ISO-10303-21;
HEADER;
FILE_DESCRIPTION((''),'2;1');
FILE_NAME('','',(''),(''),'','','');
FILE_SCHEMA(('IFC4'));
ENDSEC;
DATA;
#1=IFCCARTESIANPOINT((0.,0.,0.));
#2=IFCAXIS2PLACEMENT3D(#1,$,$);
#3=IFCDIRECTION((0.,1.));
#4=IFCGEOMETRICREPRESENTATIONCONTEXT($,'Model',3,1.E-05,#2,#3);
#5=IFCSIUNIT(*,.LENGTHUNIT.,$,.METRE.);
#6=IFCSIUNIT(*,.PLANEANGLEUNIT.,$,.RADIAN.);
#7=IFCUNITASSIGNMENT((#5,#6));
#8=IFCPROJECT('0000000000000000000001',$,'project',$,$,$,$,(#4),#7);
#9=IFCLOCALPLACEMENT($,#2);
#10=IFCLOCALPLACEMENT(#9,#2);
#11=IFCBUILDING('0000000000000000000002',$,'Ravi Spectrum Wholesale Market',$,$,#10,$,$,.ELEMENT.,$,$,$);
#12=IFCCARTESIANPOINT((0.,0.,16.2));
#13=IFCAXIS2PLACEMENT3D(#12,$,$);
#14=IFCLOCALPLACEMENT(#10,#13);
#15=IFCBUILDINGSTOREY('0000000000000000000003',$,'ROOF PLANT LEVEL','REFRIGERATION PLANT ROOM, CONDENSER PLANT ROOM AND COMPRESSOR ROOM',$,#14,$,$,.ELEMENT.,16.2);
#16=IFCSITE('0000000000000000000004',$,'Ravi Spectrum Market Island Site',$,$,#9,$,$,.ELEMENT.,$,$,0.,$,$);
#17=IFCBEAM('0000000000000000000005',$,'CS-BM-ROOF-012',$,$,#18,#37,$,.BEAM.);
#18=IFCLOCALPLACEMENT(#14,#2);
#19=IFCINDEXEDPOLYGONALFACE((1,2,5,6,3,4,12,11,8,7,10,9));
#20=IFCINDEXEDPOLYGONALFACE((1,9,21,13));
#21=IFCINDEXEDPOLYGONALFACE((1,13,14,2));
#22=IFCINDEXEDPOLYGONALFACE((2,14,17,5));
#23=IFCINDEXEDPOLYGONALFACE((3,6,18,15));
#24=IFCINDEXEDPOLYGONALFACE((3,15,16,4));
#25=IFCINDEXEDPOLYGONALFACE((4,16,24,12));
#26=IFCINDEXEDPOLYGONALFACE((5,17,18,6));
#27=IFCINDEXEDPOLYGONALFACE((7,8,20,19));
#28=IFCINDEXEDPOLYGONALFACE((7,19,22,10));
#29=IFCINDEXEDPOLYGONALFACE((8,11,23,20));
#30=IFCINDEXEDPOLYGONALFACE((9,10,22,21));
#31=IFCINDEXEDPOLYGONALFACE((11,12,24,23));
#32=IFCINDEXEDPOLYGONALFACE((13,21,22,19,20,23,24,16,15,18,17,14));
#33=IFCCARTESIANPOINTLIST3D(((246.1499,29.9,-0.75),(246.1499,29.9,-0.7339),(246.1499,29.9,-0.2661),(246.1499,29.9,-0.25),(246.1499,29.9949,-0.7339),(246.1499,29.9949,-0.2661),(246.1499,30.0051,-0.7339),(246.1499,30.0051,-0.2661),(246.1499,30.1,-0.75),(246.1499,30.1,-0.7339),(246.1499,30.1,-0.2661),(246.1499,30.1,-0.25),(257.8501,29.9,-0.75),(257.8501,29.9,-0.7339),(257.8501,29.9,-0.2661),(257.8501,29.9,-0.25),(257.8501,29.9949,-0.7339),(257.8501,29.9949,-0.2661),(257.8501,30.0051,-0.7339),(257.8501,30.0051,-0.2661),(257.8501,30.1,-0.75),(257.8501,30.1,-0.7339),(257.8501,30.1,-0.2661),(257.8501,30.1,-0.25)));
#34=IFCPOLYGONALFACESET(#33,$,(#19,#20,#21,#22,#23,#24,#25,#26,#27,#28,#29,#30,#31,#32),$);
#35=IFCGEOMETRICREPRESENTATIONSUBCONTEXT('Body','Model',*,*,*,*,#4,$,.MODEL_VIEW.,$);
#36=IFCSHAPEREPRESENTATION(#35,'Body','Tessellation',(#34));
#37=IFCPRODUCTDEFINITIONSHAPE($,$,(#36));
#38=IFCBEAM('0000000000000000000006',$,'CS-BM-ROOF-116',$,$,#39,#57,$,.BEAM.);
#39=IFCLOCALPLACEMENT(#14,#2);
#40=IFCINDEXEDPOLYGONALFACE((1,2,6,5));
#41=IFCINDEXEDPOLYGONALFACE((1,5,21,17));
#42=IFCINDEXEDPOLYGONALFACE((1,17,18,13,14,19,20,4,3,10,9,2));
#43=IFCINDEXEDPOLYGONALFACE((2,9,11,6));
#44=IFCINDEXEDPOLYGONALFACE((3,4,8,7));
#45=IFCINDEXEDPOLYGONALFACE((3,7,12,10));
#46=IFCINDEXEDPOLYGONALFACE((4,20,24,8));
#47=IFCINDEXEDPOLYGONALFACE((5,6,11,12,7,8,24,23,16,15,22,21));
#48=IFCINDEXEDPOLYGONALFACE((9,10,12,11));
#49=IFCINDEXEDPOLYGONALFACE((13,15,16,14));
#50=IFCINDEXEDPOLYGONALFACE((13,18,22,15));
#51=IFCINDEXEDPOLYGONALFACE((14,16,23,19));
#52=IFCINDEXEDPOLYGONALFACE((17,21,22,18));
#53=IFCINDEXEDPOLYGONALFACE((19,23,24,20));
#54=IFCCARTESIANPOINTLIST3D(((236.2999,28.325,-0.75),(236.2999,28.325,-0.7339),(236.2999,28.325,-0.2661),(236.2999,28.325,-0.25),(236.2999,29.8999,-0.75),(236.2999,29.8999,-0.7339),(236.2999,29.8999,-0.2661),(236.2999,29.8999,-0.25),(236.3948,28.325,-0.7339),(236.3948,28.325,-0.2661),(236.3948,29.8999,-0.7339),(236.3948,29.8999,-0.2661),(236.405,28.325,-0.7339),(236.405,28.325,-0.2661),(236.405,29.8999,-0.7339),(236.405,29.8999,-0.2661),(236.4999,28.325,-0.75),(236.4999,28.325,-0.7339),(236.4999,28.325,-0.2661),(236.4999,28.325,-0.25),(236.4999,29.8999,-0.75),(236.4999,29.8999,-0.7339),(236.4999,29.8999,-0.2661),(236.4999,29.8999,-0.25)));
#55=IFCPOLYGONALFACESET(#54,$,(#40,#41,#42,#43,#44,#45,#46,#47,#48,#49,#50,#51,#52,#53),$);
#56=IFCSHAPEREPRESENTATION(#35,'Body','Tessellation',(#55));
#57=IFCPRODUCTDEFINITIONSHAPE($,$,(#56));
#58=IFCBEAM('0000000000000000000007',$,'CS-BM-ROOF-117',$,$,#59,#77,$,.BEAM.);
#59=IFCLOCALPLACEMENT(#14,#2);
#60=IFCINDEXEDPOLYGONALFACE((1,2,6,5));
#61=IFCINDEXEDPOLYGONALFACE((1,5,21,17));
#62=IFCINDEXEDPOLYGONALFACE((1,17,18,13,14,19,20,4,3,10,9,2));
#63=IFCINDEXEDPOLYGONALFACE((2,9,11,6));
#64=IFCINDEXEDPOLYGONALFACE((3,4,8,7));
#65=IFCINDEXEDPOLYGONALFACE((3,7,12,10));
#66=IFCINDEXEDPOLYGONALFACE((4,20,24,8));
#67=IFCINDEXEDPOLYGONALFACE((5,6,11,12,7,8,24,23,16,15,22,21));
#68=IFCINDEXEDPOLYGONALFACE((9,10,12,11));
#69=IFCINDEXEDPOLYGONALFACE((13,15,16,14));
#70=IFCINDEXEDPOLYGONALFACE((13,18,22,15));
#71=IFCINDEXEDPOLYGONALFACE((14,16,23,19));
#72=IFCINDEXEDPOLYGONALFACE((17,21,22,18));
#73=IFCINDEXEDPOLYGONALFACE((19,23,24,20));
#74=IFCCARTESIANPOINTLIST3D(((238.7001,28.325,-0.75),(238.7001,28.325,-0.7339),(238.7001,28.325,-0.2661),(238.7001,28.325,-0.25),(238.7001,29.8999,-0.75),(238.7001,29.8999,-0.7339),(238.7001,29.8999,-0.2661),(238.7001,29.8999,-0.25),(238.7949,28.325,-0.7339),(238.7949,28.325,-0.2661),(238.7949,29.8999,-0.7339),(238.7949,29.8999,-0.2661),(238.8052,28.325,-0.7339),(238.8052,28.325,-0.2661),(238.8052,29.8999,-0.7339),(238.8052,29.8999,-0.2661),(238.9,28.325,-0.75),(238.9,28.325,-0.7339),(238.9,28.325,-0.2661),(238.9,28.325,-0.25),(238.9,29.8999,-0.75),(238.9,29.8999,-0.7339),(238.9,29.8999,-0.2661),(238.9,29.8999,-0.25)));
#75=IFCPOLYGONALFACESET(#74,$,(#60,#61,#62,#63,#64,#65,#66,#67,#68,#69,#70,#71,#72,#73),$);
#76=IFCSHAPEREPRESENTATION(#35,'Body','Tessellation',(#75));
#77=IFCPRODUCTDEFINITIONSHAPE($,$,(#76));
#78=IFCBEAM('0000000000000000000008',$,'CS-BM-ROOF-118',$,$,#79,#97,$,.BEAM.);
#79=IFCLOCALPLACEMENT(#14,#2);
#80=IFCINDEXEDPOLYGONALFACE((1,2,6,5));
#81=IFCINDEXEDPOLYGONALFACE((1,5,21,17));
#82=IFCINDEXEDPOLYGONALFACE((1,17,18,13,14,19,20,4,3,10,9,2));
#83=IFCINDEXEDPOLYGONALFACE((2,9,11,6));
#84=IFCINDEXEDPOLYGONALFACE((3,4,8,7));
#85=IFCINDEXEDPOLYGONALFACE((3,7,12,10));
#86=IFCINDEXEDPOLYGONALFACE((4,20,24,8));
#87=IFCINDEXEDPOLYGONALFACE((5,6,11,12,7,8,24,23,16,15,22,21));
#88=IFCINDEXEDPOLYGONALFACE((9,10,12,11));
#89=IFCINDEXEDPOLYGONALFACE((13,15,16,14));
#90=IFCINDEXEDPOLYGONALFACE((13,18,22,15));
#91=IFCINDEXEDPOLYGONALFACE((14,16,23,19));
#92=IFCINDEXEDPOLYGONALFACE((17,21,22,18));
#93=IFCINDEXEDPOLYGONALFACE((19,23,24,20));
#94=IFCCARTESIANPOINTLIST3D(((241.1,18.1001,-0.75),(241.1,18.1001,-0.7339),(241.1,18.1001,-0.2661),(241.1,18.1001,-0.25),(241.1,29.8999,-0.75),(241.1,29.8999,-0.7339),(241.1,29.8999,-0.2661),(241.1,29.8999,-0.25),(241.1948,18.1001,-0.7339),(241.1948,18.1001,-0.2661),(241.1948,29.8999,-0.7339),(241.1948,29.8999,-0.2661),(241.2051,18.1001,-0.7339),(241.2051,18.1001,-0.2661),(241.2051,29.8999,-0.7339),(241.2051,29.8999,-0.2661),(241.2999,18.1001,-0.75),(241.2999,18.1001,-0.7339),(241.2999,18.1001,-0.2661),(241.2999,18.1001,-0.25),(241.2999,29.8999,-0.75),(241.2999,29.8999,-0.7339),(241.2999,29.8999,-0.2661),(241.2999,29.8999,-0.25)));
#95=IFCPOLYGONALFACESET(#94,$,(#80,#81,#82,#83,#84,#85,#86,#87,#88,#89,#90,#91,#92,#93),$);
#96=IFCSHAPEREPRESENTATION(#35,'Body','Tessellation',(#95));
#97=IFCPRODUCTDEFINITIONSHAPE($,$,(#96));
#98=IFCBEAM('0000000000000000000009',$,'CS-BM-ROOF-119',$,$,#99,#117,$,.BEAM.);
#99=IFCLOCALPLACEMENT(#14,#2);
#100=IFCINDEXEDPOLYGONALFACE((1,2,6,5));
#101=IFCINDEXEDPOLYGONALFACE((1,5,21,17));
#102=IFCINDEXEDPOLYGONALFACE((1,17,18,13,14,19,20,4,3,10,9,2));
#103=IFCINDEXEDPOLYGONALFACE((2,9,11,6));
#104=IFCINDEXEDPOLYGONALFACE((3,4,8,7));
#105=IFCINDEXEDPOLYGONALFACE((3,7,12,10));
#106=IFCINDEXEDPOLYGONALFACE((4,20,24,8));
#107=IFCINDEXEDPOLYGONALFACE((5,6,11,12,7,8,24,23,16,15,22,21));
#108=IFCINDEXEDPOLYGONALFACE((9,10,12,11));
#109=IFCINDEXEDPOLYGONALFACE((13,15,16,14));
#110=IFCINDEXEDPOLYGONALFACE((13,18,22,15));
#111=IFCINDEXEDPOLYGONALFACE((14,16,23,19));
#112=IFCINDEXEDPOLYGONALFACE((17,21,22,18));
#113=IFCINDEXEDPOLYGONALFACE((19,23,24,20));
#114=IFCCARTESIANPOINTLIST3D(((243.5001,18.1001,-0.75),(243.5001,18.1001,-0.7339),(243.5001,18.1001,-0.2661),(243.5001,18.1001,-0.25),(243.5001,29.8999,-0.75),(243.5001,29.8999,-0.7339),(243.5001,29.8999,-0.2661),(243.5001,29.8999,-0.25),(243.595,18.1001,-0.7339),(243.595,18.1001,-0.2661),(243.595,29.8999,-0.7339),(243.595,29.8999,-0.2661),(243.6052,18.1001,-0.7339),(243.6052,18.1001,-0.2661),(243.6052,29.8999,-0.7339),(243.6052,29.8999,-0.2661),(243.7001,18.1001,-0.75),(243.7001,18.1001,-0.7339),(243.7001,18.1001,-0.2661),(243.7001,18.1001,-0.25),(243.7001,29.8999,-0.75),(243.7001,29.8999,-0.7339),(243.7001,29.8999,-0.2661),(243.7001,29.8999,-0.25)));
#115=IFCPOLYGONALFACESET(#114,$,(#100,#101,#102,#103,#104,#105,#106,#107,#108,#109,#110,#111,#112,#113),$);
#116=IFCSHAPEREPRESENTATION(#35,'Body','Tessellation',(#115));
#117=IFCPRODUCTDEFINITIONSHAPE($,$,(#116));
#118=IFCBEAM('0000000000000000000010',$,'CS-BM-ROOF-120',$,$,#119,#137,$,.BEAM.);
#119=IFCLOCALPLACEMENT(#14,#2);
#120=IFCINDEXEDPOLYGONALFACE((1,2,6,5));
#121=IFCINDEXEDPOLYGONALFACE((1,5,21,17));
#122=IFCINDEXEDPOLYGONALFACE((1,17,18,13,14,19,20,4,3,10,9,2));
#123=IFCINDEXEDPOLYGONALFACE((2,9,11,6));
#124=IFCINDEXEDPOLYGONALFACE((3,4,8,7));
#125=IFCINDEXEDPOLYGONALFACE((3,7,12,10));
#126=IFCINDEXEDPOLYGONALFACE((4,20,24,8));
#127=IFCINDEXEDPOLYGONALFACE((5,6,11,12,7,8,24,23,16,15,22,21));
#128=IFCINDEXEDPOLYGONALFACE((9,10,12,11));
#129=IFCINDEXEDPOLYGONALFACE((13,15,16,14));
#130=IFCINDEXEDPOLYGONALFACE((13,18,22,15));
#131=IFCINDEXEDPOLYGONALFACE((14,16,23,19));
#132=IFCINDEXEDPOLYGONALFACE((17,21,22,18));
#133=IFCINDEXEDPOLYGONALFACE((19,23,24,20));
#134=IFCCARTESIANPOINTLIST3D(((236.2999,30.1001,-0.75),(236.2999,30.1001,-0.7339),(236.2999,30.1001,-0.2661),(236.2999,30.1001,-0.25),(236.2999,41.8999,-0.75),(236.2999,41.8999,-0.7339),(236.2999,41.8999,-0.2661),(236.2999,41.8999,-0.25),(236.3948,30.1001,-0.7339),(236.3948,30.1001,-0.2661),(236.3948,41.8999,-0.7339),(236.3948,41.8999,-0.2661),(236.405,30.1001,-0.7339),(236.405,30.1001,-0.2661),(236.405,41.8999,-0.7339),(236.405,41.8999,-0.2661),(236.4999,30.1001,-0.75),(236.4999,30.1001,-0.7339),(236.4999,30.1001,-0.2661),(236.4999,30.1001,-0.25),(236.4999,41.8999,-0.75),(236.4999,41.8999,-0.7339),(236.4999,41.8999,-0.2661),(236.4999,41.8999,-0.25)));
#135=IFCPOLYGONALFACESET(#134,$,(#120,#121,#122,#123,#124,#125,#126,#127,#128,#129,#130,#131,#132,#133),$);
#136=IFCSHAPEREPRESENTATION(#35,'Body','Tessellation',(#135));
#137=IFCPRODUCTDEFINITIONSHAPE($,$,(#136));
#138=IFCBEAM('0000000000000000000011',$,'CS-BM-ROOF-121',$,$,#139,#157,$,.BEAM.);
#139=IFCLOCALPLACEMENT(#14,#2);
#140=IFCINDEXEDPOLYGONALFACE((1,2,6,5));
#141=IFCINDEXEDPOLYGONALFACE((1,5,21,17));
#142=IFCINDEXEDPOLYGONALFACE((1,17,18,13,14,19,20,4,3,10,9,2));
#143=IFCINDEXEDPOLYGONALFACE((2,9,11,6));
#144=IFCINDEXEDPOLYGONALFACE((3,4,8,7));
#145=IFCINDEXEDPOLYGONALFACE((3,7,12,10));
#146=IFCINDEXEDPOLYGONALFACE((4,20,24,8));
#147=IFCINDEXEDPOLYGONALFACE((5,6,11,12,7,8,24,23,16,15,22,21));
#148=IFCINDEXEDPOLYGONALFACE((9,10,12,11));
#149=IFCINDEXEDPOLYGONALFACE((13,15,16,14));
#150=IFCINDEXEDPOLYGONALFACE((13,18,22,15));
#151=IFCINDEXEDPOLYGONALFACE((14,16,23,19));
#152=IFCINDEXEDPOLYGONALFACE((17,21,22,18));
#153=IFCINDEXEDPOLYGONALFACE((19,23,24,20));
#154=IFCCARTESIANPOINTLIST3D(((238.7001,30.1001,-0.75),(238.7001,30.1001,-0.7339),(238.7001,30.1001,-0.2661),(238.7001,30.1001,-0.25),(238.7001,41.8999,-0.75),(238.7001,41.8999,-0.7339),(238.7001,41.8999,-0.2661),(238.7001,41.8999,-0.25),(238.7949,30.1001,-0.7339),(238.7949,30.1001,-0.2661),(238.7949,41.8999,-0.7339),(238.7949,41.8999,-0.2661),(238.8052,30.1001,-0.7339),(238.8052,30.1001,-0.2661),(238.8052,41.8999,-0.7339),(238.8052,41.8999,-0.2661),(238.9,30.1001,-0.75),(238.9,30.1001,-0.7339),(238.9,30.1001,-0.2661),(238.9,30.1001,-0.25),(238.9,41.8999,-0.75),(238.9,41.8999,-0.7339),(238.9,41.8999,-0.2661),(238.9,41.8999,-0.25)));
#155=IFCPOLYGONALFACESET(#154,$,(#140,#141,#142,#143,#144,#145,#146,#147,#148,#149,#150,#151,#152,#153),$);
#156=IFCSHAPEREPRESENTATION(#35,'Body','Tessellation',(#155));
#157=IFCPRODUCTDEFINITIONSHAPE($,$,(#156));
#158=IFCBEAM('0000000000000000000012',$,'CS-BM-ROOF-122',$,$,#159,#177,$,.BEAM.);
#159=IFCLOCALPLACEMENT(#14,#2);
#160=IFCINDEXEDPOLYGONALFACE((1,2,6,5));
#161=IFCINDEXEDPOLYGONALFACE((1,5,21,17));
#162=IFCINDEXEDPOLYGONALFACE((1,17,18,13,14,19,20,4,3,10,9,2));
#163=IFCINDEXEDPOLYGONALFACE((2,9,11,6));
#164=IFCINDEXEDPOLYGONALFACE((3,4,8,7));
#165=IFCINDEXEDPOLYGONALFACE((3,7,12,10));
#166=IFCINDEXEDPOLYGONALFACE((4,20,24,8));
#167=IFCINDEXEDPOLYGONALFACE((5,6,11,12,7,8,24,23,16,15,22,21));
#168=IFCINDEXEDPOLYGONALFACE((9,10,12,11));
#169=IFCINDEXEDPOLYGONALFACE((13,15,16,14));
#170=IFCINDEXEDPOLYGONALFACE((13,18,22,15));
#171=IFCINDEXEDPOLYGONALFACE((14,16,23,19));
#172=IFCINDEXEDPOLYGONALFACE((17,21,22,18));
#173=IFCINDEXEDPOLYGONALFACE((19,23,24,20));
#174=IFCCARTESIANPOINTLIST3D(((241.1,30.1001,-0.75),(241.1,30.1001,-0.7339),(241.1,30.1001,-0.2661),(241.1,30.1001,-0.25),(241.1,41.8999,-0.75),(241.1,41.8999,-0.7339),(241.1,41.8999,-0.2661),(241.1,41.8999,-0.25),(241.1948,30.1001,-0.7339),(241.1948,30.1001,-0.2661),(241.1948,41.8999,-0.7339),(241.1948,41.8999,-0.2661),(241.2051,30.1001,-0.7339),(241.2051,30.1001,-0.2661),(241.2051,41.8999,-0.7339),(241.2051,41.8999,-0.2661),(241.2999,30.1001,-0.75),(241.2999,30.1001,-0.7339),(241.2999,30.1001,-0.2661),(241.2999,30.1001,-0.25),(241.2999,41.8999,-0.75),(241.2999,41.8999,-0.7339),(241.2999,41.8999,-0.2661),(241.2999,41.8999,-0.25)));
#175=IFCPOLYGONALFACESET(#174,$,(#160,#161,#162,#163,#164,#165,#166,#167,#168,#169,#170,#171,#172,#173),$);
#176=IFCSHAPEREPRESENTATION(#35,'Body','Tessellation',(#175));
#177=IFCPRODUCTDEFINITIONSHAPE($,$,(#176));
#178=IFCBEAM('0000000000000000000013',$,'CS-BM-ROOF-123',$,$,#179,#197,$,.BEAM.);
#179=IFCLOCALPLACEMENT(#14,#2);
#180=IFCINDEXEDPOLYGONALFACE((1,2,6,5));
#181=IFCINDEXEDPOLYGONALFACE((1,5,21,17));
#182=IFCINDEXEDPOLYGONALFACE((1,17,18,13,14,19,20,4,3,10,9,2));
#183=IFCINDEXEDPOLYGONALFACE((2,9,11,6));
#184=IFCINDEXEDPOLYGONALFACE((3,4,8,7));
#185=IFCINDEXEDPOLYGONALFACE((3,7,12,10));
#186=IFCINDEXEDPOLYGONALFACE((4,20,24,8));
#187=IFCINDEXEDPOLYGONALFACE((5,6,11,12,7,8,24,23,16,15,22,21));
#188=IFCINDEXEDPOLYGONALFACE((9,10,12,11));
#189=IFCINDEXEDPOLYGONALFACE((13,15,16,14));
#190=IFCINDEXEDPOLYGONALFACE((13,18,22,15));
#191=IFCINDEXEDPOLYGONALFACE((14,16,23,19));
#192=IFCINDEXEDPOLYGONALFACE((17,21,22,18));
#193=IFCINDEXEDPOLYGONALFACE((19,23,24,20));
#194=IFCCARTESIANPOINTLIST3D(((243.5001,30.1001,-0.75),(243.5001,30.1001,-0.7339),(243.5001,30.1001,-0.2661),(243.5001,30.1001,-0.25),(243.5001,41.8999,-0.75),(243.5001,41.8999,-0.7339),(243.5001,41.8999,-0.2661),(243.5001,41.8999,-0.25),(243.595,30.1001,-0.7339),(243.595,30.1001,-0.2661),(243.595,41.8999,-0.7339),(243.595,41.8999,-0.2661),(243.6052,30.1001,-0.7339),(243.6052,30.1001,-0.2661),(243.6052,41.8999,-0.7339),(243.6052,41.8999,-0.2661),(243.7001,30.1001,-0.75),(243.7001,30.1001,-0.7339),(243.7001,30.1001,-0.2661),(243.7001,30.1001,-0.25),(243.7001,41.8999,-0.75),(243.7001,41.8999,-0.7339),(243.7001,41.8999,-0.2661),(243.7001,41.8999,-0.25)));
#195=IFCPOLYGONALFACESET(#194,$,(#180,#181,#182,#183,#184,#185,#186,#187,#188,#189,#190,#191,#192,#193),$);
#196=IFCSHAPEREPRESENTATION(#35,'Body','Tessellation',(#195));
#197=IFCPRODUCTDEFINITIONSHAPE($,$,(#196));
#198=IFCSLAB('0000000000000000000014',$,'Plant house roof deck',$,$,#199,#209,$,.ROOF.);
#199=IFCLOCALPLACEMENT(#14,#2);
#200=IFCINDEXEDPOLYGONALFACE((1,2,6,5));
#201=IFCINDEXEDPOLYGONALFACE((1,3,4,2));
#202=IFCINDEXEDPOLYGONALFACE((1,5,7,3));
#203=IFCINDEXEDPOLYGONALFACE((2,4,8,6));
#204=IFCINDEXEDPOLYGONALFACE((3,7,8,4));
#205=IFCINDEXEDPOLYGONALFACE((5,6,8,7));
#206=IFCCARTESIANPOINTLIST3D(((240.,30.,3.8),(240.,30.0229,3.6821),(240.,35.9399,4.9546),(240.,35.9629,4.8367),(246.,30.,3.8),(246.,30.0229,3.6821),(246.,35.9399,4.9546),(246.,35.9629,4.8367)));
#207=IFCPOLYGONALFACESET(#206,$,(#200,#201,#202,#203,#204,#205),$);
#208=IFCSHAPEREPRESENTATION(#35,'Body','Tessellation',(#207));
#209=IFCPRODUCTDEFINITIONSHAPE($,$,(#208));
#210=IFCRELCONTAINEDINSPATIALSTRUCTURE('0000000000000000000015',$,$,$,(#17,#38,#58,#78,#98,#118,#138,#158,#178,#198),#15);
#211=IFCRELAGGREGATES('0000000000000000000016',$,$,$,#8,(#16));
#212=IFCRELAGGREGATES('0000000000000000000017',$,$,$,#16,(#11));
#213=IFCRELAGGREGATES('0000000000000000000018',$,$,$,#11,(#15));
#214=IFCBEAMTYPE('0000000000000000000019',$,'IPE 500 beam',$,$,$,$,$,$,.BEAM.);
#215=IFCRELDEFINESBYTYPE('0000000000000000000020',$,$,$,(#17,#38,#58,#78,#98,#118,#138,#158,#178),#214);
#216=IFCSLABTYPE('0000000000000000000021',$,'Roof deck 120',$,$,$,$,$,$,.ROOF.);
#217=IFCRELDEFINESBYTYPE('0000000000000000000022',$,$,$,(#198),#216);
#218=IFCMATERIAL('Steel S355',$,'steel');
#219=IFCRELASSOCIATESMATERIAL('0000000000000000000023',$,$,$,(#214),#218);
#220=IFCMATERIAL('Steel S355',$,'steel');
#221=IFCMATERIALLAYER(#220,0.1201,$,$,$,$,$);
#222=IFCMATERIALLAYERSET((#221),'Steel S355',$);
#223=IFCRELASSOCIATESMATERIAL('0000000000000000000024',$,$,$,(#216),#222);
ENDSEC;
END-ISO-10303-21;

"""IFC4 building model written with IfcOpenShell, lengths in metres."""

from ifc_helpers import new_model, si_unit, direction, frame, origin, origin_2d, place, context, subcontext, project, spatial, polyline, i_section, outline, extrude, material, layer, layer_set, material_profile, profile_set, type_object, element, save


model = new_model("IFC4")

# Units and contexts
model_context = context("Model", 3, precision=1e-05, world=origin(), true_north=direction((0.0, 1.0)))
body_context = subcontext(model_context, "Body", "Model", "MODEL_VIEW")
ifc_project = project(units=[si_unit("LENGTHUNIT", "METRE"), si_unit("PLANEANGLEUNIT", "RADIAN")], contexts=[model_context])

# Site, building, storey
site_placement = place(None, origin())
site = spatial("IfcSite", under=ifc_project, at=site_placement, Name="Ravi Spectrum Market Island Site", CompositionType="ELEMENT", RefElevation=0.0)
building_placement = place(site_placement, origin())
building = spatial("IfcBuilding", under=site, at=building_placement, Name="Ravi Spectrum Wholesale Market", CompositionType="ELEMENT")
storey_placement = place(building_placement, frame((0.0, 0.0, 16.2)))
storey = spatial("IfcBuildingStorey", under=building, at=storey_placement, Name="ROOF PLANT LEVEL", Description="REFRIGERATION PLANT ROOM, CONDENSER PLANT ROOM AND COMPRESSOR ROOM", CompositionType="ELEMENT", Elevation=16.2)

# Beams
ifc_material_1 = material(Name="Steel S355", Category="steel")
ifc_material_profile_1 = material_profile(ifc_material_1, i_section(OverallWidth=0.2, OverallDepth=0.5, WebThickness=0.0103, FlangeThickness=0.0161, at=origin_2d()))
ifc_profile_set_1 = profile_set([ifc_material_profile_1], Name="Steel S355")
beam_type_1 = type_object("IfcBeamType", Name="IPE 500 beam", PredefinedType="BEAM", material=ifc_profile_set_1)
for number, where, z_axis, x_axis, name in (
    (1, (246.1499, 30.0, -0.5), (1.0, 0.0, 0.0), (0.0, 1.0, 0.0), "CS-BM-ROOF-012"),
):
    element("IfcBeam", number, at=place(storey_placement, frame(where, z_axis=z_axis, x_axis=x_axis)), inside=storey, type_object=beam_type_1, Name=name, PredefinedType="BEAM", context=body_context, shape_type="SweptSolid", body=[
        extrude(i_section(OverallWidth=0.2, OverallDepth=0.5, WebThickness=0.0103, FlangeThickness=0.0161, at=origin_2d()), origin(), (0.0, 0.0, 1.0), 11.7002),
    ])
for number, where, z_axis, x_axis, name in (
    (2, (236.3999, 28.325, -0.5), (0.0, 1.0, 0.0), (-1.0, 0.0, 0.0), "CS-BM-ROOF-116"),
    (3, (238.8, 28.325, -0.5), (0.0, 1.0, 0.0), (-1.0, 0.0, 0.0), "CS-BM-ROOF-117"),
):
    element("IfcBeam", number, at=place(storey_placement, frame(where, z_axis=z_axis, x_axis=x_axis)), inside=storey, type_object=beam_type_1, Name=name, PredefinedType="BEAM", context=body_context, shape_type="SweptSolid", body=[
        extrude(i_section(OverallWidth=0.2, OverallDepth=0.5, WebThickness=0.0103, FlangeThickness=0.0161, at=origin_2d()), origin(), (0.0, 0.0, 1.0), 1.575),
    ])
for number, where, z_axis, x_axis, name in (
    (4, (241.2, 18.1001, -0.5), (0.0, 1.0, 0.0), (-1.0, 0.0, 0.0), "CS-BM-ROOF-118"),
    (5, (243.6001, 18.1001, -0.5), (0.0, 1.0, 0.0), (-1.0, 0.0, 0.0), "CS-BM-ROOF-119"),
    (6, (236.3999, 30.1001, -0.5), (0.0, 1.0, 0.0), (-1.0, 0.0, 0.0), "CS-BM-ROOF-120"),
    (7, (238.8, 30.1001, -0.5), (0.0, 1.0, 0.0), (-1.0, 0.0, 0.0), "CS-BM-ROOF-121"),
    (8, (241.2, 30.1001, -0.5), (0.0, 1.0, 0.0), (-1.0, 0.0, 0.0), "CS-BM-ROOF-122"),
    (9, (243.6001, 30.1001, -0.5), (0.0, 1.0, 0.0), (-1.0, 0.0, 0.0), "CS-BM-ROOF-123"),
):
    element("IfcBeam", number, at=place(storey_placement, frame(where, z_axis=z_axis, x_axis=x_axis)), inside=storey, type_object=beam_type_1, Name=name, PredefinedType="BEAM", context=body_context, shape_type="SweptSolid", body=[
        extrude(i_section(OverallWidth=0.2, OverallDepth=0.5, WebThickness=0.0103, FlangeThickness=0.0161, at=origin_2d()), origin(), (0.0, 0.0, 1.0), 11.7998),
    ])

# Slab
ifc_material_2 = material(Name="Steel S355", Category="steel")
ifc_layer_1 = layer(ifc_material_2, 0.1201)
ifc_layer_set_1 = layer_set([ifc_layer_1], Name="Steel S355")
slab_type = type_object("IfcSlabType", Name="Roof deck 120", PredefinedType="ROOF", material=ifc_layer_set_1)
for number, where, z_axis, x_axis, name in (
    (10, (240.0, 30.0, 3.8), (0.0, -0.190798, 0.981629), (1.0, 0.0, 0.0), "Plant house roof deck"),
):
    element("IfcSlab", number, at=place(storey_placement, frame(where, z_axis=z_axis, x_axis=x_axis)), inside=storey, type_object=slab_type, Name=name, PredefinedType="ROOF", context=body_context, shape_type="SweptSolid", body=[
        extrude(outline(polyline([(0.0, 0.0), (6.0, 0.0), (6.0, 6.0511), (0.0, 6.0511), (0.0, 0.0)])), origin(), (0.0, 0.0, -1.0), 0.1201),
    ])

save(model, "model.ifc")
